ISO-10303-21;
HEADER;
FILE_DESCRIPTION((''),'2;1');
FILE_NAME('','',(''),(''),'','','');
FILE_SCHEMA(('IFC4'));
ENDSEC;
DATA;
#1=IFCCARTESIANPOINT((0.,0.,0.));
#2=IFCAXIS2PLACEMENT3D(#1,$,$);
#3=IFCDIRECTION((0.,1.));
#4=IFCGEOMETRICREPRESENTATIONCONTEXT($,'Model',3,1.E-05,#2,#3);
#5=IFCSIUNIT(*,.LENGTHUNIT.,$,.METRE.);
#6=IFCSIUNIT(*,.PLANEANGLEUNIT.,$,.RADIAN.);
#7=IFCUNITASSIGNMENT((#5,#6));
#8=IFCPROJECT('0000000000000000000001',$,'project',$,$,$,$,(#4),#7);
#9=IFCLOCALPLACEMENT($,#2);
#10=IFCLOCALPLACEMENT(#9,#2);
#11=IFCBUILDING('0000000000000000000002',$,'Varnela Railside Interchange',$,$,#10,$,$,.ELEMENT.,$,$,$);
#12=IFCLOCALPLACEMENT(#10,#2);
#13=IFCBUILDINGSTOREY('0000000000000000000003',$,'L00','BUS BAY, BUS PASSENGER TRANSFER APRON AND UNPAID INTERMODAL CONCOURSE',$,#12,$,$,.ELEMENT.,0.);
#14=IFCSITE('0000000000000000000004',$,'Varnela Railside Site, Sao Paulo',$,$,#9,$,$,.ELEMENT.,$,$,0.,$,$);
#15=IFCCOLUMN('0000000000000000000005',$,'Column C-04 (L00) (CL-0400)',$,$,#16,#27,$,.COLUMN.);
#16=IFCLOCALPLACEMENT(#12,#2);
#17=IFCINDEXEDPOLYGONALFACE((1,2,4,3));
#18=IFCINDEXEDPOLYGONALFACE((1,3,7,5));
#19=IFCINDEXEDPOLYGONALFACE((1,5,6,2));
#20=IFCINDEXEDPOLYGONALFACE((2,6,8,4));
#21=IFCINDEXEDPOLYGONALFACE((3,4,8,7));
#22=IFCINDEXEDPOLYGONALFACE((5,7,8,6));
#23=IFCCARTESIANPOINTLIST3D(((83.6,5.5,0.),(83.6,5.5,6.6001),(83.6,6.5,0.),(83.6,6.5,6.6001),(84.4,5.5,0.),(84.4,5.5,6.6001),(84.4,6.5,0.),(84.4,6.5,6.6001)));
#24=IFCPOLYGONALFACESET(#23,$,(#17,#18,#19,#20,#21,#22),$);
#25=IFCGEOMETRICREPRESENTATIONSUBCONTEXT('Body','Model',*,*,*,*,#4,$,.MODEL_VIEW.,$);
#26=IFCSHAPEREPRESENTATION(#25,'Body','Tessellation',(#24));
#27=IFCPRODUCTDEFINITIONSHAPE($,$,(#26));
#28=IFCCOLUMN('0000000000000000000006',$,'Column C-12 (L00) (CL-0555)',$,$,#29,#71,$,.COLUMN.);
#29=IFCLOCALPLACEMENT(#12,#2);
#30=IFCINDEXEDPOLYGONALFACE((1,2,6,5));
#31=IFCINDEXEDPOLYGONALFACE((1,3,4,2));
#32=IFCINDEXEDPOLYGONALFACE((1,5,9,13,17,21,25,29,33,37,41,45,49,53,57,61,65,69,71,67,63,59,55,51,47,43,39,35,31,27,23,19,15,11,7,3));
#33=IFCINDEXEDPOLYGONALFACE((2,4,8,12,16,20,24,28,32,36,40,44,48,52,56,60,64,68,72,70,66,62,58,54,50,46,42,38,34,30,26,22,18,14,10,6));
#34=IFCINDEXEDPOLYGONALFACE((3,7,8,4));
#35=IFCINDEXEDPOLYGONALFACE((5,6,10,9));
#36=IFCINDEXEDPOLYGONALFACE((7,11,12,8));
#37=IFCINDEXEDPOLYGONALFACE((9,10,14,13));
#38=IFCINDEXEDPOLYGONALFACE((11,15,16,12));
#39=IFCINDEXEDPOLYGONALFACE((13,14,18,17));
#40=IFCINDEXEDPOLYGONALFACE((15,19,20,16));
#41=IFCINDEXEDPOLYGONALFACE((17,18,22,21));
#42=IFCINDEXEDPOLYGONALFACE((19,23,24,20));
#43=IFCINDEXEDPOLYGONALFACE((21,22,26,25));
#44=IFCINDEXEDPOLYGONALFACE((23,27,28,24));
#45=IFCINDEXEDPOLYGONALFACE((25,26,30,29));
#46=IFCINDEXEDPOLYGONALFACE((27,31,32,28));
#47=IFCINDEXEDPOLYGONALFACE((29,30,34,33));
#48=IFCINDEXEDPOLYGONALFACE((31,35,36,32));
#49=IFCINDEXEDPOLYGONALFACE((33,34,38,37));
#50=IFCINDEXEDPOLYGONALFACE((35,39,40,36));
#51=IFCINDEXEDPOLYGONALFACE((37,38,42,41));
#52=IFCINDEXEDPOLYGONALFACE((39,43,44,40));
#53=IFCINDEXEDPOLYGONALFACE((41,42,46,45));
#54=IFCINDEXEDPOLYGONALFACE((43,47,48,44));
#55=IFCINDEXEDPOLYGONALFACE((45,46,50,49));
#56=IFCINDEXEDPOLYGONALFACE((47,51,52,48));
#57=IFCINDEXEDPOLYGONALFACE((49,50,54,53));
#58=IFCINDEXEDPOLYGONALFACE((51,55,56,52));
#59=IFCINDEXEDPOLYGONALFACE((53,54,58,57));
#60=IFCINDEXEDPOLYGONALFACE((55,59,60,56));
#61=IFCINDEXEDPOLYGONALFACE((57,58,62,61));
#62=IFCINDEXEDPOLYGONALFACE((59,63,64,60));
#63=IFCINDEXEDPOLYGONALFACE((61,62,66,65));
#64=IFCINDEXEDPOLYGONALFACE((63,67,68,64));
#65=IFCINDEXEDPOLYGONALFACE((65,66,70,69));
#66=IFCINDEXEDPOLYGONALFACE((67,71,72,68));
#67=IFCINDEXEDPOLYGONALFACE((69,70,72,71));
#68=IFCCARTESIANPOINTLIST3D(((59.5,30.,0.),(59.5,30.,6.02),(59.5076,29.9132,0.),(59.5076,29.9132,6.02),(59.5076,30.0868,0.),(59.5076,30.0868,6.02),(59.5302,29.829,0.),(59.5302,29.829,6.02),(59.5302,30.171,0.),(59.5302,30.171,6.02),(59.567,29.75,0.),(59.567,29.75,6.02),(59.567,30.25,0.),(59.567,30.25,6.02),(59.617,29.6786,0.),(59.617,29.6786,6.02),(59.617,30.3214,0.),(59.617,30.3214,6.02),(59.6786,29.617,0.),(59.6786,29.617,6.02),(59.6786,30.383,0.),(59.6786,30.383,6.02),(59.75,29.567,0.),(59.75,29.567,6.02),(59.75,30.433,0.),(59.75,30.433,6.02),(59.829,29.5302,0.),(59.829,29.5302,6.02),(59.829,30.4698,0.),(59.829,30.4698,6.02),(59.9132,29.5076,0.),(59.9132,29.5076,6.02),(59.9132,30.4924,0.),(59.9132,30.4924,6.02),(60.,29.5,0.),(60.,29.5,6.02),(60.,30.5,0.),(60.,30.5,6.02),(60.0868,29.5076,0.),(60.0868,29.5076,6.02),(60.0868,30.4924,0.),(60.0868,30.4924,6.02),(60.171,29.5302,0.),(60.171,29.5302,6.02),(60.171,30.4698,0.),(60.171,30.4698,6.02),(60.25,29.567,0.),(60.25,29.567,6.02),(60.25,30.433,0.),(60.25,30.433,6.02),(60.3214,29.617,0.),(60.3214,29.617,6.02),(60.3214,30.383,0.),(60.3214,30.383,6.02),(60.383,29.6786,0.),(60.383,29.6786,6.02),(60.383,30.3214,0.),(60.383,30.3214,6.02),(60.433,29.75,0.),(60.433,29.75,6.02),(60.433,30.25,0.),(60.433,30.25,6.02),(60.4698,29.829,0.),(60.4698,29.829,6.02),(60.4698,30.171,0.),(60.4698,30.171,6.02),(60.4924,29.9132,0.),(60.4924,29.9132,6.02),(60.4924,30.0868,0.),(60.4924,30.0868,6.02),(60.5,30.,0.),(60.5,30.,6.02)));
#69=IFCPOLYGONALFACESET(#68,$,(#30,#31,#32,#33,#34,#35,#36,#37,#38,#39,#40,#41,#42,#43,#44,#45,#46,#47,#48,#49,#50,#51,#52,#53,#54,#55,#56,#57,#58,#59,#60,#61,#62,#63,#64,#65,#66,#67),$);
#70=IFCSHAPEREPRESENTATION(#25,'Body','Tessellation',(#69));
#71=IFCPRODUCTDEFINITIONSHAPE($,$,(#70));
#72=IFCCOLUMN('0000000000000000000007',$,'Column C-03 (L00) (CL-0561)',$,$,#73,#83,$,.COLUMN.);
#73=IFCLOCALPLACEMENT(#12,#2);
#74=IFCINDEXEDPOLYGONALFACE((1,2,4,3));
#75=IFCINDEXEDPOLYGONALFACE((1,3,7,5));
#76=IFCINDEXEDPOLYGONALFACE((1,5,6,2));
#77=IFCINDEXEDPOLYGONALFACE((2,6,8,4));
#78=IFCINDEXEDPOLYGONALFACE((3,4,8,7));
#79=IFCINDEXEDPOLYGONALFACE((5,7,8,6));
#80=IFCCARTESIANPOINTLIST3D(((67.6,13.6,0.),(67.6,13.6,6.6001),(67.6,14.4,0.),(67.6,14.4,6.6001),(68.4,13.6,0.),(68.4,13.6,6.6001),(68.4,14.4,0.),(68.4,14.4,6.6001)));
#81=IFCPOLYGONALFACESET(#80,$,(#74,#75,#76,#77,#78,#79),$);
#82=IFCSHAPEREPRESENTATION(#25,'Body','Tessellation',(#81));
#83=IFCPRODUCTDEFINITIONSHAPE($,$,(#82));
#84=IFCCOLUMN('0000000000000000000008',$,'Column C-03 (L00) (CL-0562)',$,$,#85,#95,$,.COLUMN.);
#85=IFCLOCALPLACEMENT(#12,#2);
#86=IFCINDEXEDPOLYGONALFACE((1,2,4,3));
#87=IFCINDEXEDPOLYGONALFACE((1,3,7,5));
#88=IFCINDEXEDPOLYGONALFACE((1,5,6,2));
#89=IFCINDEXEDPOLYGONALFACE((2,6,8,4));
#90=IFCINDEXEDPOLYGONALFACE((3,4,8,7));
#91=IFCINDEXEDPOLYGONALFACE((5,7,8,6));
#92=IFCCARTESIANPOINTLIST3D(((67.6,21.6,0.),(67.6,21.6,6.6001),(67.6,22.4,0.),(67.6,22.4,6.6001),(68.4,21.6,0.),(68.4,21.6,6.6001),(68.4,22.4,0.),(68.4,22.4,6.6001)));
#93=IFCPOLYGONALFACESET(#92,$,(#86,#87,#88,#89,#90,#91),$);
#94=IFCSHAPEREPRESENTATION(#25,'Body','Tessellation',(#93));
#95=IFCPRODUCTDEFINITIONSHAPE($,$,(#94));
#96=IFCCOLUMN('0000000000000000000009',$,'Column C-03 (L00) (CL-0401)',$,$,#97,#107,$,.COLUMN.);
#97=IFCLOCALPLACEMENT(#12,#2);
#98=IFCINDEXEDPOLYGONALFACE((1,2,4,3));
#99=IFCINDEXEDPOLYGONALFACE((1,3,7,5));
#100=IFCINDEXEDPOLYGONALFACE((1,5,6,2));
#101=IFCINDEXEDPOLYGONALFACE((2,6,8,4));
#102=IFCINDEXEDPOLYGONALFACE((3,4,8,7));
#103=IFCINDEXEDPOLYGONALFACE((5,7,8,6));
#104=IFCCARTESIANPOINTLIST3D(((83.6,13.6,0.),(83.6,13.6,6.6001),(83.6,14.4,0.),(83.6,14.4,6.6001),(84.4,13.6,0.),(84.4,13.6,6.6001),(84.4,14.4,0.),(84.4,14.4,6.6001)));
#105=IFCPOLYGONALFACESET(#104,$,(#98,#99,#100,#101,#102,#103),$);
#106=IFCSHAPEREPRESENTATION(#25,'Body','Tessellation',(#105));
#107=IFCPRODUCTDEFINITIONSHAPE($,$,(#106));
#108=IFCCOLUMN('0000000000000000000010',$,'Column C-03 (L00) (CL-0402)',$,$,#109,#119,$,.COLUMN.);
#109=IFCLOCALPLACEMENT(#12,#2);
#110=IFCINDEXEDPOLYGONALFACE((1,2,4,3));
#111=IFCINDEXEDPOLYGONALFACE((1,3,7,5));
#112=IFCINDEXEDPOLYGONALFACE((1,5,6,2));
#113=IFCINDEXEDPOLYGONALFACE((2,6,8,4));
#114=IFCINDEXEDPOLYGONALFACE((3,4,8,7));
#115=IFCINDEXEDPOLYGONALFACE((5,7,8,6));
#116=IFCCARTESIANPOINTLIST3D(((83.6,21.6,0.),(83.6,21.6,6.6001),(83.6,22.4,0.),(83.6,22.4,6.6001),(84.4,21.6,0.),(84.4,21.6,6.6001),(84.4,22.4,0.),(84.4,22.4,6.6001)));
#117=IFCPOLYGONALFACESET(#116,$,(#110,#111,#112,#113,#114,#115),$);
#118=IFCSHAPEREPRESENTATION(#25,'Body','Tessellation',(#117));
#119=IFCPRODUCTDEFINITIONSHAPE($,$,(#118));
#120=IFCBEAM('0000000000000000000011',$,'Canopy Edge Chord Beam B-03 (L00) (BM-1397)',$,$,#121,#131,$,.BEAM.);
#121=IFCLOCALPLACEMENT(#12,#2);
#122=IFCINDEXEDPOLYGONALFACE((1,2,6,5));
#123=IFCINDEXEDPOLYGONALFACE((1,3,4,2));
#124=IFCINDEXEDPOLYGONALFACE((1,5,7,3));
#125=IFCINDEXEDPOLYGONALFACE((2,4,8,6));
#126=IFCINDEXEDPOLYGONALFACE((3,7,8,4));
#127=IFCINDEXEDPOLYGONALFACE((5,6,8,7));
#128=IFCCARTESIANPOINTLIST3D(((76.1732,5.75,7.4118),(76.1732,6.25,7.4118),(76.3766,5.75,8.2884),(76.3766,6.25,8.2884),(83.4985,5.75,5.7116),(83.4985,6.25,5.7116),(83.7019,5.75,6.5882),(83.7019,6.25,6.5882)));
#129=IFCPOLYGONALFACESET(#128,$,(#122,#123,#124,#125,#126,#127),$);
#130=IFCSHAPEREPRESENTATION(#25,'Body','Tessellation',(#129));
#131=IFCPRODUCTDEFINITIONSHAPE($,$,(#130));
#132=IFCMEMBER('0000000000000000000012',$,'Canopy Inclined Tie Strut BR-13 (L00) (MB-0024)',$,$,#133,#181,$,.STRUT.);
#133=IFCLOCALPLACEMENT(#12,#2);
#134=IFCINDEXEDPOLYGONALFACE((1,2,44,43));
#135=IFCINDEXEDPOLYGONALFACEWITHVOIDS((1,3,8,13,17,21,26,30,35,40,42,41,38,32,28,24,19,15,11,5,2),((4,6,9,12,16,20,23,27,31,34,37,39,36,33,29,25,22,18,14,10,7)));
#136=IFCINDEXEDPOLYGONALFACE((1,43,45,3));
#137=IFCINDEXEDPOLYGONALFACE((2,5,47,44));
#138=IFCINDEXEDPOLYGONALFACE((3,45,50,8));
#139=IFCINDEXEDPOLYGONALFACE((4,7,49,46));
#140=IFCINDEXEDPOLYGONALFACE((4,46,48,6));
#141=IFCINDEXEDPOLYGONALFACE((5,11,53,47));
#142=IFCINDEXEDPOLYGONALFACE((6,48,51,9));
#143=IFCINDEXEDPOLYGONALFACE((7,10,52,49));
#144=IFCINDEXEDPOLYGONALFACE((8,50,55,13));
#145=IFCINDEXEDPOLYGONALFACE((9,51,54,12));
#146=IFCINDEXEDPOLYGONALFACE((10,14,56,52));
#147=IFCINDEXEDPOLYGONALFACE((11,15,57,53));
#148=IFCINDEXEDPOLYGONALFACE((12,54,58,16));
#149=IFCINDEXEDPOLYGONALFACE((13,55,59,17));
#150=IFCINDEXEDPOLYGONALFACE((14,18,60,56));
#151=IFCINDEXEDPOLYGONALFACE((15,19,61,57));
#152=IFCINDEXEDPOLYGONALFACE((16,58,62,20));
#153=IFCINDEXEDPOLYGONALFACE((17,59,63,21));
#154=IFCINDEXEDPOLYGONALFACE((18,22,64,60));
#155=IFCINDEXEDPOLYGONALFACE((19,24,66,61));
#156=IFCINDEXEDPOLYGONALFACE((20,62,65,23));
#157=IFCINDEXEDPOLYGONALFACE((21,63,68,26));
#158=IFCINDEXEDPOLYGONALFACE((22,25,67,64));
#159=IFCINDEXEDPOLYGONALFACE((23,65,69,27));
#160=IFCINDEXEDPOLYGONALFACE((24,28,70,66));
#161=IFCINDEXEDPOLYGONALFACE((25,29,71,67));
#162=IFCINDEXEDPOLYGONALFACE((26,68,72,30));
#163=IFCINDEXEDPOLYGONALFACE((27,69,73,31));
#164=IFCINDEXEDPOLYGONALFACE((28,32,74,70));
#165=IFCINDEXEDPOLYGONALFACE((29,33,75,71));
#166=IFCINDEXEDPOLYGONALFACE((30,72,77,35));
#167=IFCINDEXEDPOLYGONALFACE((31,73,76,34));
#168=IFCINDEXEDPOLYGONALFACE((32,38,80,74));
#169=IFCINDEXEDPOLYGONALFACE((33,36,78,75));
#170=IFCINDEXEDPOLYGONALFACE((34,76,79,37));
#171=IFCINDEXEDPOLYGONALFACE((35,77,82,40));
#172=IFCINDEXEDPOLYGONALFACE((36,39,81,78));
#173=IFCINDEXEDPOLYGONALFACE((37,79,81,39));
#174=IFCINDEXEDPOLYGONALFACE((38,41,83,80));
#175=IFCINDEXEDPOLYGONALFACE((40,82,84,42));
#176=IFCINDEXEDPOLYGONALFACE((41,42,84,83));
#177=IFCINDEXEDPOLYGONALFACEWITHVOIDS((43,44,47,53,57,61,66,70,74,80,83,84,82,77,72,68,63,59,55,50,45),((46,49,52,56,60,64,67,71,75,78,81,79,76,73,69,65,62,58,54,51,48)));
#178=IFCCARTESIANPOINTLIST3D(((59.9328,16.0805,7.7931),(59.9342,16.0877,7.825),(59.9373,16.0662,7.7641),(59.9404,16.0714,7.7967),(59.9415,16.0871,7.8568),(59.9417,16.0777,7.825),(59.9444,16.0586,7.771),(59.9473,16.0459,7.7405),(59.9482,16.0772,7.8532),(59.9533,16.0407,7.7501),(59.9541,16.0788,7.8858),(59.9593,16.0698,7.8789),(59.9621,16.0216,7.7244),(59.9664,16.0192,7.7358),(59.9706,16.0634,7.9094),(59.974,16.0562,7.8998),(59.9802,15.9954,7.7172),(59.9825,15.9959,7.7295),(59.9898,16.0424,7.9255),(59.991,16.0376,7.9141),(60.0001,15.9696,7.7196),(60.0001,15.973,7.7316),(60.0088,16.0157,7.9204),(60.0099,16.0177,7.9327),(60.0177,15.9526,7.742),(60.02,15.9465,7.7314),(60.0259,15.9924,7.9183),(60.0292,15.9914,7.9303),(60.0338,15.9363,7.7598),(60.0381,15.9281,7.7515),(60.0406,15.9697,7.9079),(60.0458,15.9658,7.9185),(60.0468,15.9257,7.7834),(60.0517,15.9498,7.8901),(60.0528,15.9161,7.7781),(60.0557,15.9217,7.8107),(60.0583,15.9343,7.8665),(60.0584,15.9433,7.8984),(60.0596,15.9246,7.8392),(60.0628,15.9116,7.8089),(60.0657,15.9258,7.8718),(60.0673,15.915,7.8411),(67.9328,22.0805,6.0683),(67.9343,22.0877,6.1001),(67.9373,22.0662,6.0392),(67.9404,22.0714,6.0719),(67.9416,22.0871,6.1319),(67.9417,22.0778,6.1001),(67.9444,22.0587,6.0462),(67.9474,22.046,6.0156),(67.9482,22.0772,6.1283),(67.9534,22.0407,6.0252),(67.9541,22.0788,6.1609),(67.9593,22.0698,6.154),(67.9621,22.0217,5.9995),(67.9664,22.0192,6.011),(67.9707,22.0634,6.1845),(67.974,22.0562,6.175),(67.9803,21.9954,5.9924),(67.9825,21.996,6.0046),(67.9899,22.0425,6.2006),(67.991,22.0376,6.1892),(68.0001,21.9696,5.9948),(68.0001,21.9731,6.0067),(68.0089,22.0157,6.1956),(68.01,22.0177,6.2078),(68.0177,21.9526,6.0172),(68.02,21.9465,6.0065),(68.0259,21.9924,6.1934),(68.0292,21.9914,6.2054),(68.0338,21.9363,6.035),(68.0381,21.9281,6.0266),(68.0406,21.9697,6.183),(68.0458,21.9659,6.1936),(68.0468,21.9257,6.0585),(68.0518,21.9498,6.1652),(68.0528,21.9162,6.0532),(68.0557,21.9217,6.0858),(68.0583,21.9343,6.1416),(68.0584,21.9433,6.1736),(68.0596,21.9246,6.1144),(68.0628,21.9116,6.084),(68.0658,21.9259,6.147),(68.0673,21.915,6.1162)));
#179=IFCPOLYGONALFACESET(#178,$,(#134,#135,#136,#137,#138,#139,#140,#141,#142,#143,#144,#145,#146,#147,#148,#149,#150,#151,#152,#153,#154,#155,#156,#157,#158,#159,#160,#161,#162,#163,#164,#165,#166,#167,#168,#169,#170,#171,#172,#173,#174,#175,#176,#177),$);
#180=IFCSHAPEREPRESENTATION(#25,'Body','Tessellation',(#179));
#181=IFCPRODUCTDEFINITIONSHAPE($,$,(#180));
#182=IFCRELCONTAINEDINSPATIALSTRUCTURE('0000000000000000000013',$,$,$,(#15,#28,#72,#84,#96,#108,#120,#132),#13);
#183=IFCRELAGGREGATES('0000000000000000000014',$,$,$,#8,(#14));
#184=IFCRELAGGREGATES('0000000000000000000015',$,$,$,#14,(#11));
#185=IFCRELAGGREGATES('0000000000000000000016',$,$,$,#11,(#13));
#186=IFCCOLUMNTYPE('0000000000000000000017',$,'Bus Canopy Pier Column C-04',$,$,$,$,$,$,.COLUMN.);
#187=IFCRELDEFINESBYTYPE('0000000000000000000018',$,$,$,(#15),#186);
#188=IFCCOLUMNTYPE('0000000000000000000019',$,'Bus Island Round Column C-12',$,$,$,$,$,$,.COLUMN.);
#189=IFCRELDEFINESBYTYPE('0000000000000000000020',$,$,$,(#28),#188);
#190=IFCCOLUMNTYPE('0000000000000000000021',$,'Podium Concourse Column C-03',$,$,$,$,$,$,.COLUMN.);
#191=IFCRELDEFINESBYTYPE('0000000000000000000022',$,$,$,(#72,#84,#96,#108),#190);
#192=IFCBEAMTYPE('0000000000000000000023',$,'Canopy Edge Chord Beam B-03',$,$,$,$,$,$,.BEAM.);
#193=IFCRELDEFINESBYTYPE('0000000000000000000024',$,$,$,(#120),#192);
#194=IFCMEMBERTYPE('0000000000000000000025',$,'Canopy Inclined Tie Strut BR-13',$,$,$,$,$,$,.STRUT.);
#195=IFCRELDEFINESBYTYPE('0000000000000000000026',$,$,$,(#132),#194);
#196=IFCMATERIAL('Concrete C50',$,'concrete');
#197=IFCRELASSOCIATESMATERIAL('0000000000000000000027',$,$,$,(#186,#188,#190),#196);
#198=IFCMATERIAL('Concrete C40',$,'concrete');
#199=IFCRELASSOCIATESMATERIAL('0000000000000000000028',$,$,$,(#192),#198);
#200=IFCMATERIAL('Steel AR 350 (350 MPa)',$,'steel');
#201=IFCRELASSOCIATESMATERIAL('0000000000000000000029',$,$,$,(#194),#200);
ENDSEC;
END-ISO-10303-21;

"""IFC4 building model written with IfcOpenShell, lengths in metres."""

from ifc_helpers import new_model, si_unit, direction, frame, origin, origin_2d, place, context, subcontext, project, spatial, rectangle, circle, hollow_circle, extrude, material, material_profile, profile_set, type_object, element, save


model = new_model("IFC4")

# Units and contexts
model_context = context("Model", 3, precision=1e-05, world=origin(), true_north=direction((0.0, 1.0)))
body_context = subcontext(model_context, "Body", "Model", "MODEL_VIEW")
ifc_project = project(units=[si_unit("LENGTHUNIT", "METRE"), si_unit("PLANEANGLEUNIT", "RADIAN")], contexts=[model_context])

# Site, building, storey
site_placement = place(None, origin())
site = spatial("IfcSite", under=ifc_project, at=site_placement, Name="Varnela Railside Site, Sao Paulo", CompositionType="ELEMENT", RefElevation=0.0)
building_placement = place(site_placement, origin())
building = spatial("IfcBuilding", under=site, at=building_placement, Name="Varnela Railside Interchange", CompositionType="ELEMENT")
storey_placement = place(building_placement, origin())
storey = spatial("IfcBuildingStorey", under=building, at=storey_placement, Name="L00", Description="BUS BAY, BUS PASSENGER TRANSFER APRON AND UNPAID INTERMODAL CONCOURSE", CompositionType="ELEMENT", Elevation=0.0)

# Columns
ifc_material_1 = material(Name="Concrete C50", Category="concrete")
ifc_material_profile_1 = material_profile(ifc_material_1, rectangle(XDim=0.8, YDim=1.0, at=origin_2d()), Name="RC 800x1000")
ifc_profile_set_1 = profile_set([ifc_material_profile_1], Name="Concrete C50")
column_type_1 = type_object("IfcColumnType", Name="Bus Canopy Pier Column C-04", PredefinedType="COLUMN", material=ifc_profile_set_1)
column_1_placement = place(storey_placement, frame((84.0, 6.0, 0.0), z_axis=(0.0, 0.0, 1.0), x_axis=(1.0, 0.0, 0.0)))
element("IfcColumn", 1, at=column_1_placement, inside=storey, type_object=column_type_1, Name="Column C-04 (L00) (CL-0400)", PredefinedType="COLUMN", context=body_context, shape_type="SweptSolid", body=[
    extrude(rectangle(XDim=0.8, YDim=1.0, at=origin_2d()), origin(), (0.0, 0.0, 1.0), 6.6001),
])
ifc_material_profile_2 = material_profile(ifc_material_1, circle(Radius=0.5, at=origin_2d()), Name="CIRC D1000")
ifc_profile_set_2 = profile_set([ifc_material_profile_2], Name="Concrete C50")
column_type_2 = type_object("IfcColumnType", Name="Bus Island Round Column C-12", PredefinedType="COLUMN", material=ifc_profile_set_2)
column_2_placement = place(storey_placement, frame((60.0, 30.0, 0.0), z_axis=(0.0, 0.0, 1.0), x_axis=(1.0, 0.0, 0.0)))
element("IfcColumn", 2, at=column_2_placement, inside=storey, type_object=column_type_2, Name="Column C-12 (L00) (CL-0555)", PredefinedType="COLUMN", context=body_context, shape_type="SweptSolid", body=[
    extrude(circle(Radius=0.5, at=origin_2d()), origin(), (0.0, 0.0, 1.0), 6.02),
])
ifc_material_profile_3 = material_profile(ifc_material_1, rectangle(XDim=0.8, YDim=0.8, at=origin_2d()), Name="RC 800x800")
ifc_profile_set_3 = profile_set([ifc_material_profile_3], Name="Concrete C50")
column_type_3 = type_object("IfcColumnType", Name="Podium Concourse Column C-03", PredefinedType="COLUMN", material=ifc_profile_set_3)
for number, where, z_axis, x_axis, name in (
    (3, (68.0, 14.0, 0.0), (0.0, 0.0, 1.0), (1.0, 0.0, 0.0), "Column C-03 (L00) (CL-0561)"),
    (4, (68.0, 22.0, 0.0), (0.0, 0.0, 1.0), (1.0, 0.0, 0.0), "Column C-03 (L00) (CL-0562)"),
    (5, (84.0, 14.0, 0.0), (0.0, 0.0, 1.0), (1.0, 0.0, 0.0), "Column C-03 (L00) (CL-0401)"),
    (6, (84.0, 22.0, 0.0), (0.0, 0.0, 1.0), (1.0, 0.0, 0.0), "Column C-03 (L00) (CL-0402)"),
):
    element("IfcColumn", number, at=place(storey_placement, frame(where, z_axis=z_axis, x_axis=x_axis)), inside=storey, type_object=column_type_3, Name=name, PredefinedType="COLUMN", context=body_context, shape_type="SweptSolid", body=[
        extrude(rectangle(XDim=0.8, YDim=0.8, at=origin_2d()), origin(), (0.0, 0.0, 1.0), 6.6001),
    ])

# Beam
ifc_material_2 = material(Name="Concrete C40", Category="concrete")
ifc_material_profile_4 = material_profile(ifc_material_2, rectangle(XDim=0.5, YDim=0.8999, at=origin_2d()), Name="RC 500x900")
ifc_profile_set_4 = profile_set([ifc_material_profile_4], Name="Concrete C40")
beam_type_1 = type_object("IfcBeamType", Name="Canopy Edge Chord Beam B-03", PredefinedType="BEAM", material=ifc_profile_set_4)
beam_1_placement = place(storey_placement, frame((76.2749, 6.0, 7.8501), z_axis=(0.974106, 0.0, -0.226092), x_axis=(0.0, 1.0, 0.0)))
element("IfcBeam", 7, at=beam_1_placement, inside=storey, type_object=beam_type_1, Name="Canopy Edge Chord Beam B-03 (L00) (BM-1397)", PredefinedType="BEAM", context=body_context, shape_type="SweptSolid", body=[
    extrude(rectangle(XDim=0.5, YDim=0.8999, at=origin_2d()), origin(), (0.0, 0.0, 1.0), 7.52),
])

# Member
ifc_material_3 = material(Name="Steel AR 350 (350 MPa)", Category="steel")
ifc_material_profile_5 = material_profile(ifc_material_3, hollow_circle(Radius=0.1096, WallThickness=0.0125, at=origin_2d()), Name="CHS 219.1x12.5")
ifc_profile_set_5 = profile_set([ifc_material_profile_5], Name="Steel AR 350 (350 MPa)")
member_type_1 = type_object("IfcMemberType", Name="Canopy Inclined Tie Strut BR-13", PredefinedType="STRUT", material=ifc_profile_set_5)
for number, where, z_axis, x_axis, name in (
    (8, (60.0, 16.0, 7.825), (0.788359, 0.591269, -0.169975), (-0.6, 0.8, 0.0), "Canopy Inclined Tie Strut BR-13 (L00) (MB-0024)"),
):
    element("IfcMember", number, at=place(storey_placement, frame(where, z_axis=z_axis, x_axis=x_axis)), inside=storey, type_object=member_type_1, Name=name, PredefinedType="STRUT", context=body_context, shape_type="SweptSolid", body=[
        extrude(hollow_circle(Radius=0.1096, WallThickness=0.0125, at=origin_2d()), origin(), (0.0, 0.0, 1.0), 10.1477),
    ])

save(model, "model.ifc")
